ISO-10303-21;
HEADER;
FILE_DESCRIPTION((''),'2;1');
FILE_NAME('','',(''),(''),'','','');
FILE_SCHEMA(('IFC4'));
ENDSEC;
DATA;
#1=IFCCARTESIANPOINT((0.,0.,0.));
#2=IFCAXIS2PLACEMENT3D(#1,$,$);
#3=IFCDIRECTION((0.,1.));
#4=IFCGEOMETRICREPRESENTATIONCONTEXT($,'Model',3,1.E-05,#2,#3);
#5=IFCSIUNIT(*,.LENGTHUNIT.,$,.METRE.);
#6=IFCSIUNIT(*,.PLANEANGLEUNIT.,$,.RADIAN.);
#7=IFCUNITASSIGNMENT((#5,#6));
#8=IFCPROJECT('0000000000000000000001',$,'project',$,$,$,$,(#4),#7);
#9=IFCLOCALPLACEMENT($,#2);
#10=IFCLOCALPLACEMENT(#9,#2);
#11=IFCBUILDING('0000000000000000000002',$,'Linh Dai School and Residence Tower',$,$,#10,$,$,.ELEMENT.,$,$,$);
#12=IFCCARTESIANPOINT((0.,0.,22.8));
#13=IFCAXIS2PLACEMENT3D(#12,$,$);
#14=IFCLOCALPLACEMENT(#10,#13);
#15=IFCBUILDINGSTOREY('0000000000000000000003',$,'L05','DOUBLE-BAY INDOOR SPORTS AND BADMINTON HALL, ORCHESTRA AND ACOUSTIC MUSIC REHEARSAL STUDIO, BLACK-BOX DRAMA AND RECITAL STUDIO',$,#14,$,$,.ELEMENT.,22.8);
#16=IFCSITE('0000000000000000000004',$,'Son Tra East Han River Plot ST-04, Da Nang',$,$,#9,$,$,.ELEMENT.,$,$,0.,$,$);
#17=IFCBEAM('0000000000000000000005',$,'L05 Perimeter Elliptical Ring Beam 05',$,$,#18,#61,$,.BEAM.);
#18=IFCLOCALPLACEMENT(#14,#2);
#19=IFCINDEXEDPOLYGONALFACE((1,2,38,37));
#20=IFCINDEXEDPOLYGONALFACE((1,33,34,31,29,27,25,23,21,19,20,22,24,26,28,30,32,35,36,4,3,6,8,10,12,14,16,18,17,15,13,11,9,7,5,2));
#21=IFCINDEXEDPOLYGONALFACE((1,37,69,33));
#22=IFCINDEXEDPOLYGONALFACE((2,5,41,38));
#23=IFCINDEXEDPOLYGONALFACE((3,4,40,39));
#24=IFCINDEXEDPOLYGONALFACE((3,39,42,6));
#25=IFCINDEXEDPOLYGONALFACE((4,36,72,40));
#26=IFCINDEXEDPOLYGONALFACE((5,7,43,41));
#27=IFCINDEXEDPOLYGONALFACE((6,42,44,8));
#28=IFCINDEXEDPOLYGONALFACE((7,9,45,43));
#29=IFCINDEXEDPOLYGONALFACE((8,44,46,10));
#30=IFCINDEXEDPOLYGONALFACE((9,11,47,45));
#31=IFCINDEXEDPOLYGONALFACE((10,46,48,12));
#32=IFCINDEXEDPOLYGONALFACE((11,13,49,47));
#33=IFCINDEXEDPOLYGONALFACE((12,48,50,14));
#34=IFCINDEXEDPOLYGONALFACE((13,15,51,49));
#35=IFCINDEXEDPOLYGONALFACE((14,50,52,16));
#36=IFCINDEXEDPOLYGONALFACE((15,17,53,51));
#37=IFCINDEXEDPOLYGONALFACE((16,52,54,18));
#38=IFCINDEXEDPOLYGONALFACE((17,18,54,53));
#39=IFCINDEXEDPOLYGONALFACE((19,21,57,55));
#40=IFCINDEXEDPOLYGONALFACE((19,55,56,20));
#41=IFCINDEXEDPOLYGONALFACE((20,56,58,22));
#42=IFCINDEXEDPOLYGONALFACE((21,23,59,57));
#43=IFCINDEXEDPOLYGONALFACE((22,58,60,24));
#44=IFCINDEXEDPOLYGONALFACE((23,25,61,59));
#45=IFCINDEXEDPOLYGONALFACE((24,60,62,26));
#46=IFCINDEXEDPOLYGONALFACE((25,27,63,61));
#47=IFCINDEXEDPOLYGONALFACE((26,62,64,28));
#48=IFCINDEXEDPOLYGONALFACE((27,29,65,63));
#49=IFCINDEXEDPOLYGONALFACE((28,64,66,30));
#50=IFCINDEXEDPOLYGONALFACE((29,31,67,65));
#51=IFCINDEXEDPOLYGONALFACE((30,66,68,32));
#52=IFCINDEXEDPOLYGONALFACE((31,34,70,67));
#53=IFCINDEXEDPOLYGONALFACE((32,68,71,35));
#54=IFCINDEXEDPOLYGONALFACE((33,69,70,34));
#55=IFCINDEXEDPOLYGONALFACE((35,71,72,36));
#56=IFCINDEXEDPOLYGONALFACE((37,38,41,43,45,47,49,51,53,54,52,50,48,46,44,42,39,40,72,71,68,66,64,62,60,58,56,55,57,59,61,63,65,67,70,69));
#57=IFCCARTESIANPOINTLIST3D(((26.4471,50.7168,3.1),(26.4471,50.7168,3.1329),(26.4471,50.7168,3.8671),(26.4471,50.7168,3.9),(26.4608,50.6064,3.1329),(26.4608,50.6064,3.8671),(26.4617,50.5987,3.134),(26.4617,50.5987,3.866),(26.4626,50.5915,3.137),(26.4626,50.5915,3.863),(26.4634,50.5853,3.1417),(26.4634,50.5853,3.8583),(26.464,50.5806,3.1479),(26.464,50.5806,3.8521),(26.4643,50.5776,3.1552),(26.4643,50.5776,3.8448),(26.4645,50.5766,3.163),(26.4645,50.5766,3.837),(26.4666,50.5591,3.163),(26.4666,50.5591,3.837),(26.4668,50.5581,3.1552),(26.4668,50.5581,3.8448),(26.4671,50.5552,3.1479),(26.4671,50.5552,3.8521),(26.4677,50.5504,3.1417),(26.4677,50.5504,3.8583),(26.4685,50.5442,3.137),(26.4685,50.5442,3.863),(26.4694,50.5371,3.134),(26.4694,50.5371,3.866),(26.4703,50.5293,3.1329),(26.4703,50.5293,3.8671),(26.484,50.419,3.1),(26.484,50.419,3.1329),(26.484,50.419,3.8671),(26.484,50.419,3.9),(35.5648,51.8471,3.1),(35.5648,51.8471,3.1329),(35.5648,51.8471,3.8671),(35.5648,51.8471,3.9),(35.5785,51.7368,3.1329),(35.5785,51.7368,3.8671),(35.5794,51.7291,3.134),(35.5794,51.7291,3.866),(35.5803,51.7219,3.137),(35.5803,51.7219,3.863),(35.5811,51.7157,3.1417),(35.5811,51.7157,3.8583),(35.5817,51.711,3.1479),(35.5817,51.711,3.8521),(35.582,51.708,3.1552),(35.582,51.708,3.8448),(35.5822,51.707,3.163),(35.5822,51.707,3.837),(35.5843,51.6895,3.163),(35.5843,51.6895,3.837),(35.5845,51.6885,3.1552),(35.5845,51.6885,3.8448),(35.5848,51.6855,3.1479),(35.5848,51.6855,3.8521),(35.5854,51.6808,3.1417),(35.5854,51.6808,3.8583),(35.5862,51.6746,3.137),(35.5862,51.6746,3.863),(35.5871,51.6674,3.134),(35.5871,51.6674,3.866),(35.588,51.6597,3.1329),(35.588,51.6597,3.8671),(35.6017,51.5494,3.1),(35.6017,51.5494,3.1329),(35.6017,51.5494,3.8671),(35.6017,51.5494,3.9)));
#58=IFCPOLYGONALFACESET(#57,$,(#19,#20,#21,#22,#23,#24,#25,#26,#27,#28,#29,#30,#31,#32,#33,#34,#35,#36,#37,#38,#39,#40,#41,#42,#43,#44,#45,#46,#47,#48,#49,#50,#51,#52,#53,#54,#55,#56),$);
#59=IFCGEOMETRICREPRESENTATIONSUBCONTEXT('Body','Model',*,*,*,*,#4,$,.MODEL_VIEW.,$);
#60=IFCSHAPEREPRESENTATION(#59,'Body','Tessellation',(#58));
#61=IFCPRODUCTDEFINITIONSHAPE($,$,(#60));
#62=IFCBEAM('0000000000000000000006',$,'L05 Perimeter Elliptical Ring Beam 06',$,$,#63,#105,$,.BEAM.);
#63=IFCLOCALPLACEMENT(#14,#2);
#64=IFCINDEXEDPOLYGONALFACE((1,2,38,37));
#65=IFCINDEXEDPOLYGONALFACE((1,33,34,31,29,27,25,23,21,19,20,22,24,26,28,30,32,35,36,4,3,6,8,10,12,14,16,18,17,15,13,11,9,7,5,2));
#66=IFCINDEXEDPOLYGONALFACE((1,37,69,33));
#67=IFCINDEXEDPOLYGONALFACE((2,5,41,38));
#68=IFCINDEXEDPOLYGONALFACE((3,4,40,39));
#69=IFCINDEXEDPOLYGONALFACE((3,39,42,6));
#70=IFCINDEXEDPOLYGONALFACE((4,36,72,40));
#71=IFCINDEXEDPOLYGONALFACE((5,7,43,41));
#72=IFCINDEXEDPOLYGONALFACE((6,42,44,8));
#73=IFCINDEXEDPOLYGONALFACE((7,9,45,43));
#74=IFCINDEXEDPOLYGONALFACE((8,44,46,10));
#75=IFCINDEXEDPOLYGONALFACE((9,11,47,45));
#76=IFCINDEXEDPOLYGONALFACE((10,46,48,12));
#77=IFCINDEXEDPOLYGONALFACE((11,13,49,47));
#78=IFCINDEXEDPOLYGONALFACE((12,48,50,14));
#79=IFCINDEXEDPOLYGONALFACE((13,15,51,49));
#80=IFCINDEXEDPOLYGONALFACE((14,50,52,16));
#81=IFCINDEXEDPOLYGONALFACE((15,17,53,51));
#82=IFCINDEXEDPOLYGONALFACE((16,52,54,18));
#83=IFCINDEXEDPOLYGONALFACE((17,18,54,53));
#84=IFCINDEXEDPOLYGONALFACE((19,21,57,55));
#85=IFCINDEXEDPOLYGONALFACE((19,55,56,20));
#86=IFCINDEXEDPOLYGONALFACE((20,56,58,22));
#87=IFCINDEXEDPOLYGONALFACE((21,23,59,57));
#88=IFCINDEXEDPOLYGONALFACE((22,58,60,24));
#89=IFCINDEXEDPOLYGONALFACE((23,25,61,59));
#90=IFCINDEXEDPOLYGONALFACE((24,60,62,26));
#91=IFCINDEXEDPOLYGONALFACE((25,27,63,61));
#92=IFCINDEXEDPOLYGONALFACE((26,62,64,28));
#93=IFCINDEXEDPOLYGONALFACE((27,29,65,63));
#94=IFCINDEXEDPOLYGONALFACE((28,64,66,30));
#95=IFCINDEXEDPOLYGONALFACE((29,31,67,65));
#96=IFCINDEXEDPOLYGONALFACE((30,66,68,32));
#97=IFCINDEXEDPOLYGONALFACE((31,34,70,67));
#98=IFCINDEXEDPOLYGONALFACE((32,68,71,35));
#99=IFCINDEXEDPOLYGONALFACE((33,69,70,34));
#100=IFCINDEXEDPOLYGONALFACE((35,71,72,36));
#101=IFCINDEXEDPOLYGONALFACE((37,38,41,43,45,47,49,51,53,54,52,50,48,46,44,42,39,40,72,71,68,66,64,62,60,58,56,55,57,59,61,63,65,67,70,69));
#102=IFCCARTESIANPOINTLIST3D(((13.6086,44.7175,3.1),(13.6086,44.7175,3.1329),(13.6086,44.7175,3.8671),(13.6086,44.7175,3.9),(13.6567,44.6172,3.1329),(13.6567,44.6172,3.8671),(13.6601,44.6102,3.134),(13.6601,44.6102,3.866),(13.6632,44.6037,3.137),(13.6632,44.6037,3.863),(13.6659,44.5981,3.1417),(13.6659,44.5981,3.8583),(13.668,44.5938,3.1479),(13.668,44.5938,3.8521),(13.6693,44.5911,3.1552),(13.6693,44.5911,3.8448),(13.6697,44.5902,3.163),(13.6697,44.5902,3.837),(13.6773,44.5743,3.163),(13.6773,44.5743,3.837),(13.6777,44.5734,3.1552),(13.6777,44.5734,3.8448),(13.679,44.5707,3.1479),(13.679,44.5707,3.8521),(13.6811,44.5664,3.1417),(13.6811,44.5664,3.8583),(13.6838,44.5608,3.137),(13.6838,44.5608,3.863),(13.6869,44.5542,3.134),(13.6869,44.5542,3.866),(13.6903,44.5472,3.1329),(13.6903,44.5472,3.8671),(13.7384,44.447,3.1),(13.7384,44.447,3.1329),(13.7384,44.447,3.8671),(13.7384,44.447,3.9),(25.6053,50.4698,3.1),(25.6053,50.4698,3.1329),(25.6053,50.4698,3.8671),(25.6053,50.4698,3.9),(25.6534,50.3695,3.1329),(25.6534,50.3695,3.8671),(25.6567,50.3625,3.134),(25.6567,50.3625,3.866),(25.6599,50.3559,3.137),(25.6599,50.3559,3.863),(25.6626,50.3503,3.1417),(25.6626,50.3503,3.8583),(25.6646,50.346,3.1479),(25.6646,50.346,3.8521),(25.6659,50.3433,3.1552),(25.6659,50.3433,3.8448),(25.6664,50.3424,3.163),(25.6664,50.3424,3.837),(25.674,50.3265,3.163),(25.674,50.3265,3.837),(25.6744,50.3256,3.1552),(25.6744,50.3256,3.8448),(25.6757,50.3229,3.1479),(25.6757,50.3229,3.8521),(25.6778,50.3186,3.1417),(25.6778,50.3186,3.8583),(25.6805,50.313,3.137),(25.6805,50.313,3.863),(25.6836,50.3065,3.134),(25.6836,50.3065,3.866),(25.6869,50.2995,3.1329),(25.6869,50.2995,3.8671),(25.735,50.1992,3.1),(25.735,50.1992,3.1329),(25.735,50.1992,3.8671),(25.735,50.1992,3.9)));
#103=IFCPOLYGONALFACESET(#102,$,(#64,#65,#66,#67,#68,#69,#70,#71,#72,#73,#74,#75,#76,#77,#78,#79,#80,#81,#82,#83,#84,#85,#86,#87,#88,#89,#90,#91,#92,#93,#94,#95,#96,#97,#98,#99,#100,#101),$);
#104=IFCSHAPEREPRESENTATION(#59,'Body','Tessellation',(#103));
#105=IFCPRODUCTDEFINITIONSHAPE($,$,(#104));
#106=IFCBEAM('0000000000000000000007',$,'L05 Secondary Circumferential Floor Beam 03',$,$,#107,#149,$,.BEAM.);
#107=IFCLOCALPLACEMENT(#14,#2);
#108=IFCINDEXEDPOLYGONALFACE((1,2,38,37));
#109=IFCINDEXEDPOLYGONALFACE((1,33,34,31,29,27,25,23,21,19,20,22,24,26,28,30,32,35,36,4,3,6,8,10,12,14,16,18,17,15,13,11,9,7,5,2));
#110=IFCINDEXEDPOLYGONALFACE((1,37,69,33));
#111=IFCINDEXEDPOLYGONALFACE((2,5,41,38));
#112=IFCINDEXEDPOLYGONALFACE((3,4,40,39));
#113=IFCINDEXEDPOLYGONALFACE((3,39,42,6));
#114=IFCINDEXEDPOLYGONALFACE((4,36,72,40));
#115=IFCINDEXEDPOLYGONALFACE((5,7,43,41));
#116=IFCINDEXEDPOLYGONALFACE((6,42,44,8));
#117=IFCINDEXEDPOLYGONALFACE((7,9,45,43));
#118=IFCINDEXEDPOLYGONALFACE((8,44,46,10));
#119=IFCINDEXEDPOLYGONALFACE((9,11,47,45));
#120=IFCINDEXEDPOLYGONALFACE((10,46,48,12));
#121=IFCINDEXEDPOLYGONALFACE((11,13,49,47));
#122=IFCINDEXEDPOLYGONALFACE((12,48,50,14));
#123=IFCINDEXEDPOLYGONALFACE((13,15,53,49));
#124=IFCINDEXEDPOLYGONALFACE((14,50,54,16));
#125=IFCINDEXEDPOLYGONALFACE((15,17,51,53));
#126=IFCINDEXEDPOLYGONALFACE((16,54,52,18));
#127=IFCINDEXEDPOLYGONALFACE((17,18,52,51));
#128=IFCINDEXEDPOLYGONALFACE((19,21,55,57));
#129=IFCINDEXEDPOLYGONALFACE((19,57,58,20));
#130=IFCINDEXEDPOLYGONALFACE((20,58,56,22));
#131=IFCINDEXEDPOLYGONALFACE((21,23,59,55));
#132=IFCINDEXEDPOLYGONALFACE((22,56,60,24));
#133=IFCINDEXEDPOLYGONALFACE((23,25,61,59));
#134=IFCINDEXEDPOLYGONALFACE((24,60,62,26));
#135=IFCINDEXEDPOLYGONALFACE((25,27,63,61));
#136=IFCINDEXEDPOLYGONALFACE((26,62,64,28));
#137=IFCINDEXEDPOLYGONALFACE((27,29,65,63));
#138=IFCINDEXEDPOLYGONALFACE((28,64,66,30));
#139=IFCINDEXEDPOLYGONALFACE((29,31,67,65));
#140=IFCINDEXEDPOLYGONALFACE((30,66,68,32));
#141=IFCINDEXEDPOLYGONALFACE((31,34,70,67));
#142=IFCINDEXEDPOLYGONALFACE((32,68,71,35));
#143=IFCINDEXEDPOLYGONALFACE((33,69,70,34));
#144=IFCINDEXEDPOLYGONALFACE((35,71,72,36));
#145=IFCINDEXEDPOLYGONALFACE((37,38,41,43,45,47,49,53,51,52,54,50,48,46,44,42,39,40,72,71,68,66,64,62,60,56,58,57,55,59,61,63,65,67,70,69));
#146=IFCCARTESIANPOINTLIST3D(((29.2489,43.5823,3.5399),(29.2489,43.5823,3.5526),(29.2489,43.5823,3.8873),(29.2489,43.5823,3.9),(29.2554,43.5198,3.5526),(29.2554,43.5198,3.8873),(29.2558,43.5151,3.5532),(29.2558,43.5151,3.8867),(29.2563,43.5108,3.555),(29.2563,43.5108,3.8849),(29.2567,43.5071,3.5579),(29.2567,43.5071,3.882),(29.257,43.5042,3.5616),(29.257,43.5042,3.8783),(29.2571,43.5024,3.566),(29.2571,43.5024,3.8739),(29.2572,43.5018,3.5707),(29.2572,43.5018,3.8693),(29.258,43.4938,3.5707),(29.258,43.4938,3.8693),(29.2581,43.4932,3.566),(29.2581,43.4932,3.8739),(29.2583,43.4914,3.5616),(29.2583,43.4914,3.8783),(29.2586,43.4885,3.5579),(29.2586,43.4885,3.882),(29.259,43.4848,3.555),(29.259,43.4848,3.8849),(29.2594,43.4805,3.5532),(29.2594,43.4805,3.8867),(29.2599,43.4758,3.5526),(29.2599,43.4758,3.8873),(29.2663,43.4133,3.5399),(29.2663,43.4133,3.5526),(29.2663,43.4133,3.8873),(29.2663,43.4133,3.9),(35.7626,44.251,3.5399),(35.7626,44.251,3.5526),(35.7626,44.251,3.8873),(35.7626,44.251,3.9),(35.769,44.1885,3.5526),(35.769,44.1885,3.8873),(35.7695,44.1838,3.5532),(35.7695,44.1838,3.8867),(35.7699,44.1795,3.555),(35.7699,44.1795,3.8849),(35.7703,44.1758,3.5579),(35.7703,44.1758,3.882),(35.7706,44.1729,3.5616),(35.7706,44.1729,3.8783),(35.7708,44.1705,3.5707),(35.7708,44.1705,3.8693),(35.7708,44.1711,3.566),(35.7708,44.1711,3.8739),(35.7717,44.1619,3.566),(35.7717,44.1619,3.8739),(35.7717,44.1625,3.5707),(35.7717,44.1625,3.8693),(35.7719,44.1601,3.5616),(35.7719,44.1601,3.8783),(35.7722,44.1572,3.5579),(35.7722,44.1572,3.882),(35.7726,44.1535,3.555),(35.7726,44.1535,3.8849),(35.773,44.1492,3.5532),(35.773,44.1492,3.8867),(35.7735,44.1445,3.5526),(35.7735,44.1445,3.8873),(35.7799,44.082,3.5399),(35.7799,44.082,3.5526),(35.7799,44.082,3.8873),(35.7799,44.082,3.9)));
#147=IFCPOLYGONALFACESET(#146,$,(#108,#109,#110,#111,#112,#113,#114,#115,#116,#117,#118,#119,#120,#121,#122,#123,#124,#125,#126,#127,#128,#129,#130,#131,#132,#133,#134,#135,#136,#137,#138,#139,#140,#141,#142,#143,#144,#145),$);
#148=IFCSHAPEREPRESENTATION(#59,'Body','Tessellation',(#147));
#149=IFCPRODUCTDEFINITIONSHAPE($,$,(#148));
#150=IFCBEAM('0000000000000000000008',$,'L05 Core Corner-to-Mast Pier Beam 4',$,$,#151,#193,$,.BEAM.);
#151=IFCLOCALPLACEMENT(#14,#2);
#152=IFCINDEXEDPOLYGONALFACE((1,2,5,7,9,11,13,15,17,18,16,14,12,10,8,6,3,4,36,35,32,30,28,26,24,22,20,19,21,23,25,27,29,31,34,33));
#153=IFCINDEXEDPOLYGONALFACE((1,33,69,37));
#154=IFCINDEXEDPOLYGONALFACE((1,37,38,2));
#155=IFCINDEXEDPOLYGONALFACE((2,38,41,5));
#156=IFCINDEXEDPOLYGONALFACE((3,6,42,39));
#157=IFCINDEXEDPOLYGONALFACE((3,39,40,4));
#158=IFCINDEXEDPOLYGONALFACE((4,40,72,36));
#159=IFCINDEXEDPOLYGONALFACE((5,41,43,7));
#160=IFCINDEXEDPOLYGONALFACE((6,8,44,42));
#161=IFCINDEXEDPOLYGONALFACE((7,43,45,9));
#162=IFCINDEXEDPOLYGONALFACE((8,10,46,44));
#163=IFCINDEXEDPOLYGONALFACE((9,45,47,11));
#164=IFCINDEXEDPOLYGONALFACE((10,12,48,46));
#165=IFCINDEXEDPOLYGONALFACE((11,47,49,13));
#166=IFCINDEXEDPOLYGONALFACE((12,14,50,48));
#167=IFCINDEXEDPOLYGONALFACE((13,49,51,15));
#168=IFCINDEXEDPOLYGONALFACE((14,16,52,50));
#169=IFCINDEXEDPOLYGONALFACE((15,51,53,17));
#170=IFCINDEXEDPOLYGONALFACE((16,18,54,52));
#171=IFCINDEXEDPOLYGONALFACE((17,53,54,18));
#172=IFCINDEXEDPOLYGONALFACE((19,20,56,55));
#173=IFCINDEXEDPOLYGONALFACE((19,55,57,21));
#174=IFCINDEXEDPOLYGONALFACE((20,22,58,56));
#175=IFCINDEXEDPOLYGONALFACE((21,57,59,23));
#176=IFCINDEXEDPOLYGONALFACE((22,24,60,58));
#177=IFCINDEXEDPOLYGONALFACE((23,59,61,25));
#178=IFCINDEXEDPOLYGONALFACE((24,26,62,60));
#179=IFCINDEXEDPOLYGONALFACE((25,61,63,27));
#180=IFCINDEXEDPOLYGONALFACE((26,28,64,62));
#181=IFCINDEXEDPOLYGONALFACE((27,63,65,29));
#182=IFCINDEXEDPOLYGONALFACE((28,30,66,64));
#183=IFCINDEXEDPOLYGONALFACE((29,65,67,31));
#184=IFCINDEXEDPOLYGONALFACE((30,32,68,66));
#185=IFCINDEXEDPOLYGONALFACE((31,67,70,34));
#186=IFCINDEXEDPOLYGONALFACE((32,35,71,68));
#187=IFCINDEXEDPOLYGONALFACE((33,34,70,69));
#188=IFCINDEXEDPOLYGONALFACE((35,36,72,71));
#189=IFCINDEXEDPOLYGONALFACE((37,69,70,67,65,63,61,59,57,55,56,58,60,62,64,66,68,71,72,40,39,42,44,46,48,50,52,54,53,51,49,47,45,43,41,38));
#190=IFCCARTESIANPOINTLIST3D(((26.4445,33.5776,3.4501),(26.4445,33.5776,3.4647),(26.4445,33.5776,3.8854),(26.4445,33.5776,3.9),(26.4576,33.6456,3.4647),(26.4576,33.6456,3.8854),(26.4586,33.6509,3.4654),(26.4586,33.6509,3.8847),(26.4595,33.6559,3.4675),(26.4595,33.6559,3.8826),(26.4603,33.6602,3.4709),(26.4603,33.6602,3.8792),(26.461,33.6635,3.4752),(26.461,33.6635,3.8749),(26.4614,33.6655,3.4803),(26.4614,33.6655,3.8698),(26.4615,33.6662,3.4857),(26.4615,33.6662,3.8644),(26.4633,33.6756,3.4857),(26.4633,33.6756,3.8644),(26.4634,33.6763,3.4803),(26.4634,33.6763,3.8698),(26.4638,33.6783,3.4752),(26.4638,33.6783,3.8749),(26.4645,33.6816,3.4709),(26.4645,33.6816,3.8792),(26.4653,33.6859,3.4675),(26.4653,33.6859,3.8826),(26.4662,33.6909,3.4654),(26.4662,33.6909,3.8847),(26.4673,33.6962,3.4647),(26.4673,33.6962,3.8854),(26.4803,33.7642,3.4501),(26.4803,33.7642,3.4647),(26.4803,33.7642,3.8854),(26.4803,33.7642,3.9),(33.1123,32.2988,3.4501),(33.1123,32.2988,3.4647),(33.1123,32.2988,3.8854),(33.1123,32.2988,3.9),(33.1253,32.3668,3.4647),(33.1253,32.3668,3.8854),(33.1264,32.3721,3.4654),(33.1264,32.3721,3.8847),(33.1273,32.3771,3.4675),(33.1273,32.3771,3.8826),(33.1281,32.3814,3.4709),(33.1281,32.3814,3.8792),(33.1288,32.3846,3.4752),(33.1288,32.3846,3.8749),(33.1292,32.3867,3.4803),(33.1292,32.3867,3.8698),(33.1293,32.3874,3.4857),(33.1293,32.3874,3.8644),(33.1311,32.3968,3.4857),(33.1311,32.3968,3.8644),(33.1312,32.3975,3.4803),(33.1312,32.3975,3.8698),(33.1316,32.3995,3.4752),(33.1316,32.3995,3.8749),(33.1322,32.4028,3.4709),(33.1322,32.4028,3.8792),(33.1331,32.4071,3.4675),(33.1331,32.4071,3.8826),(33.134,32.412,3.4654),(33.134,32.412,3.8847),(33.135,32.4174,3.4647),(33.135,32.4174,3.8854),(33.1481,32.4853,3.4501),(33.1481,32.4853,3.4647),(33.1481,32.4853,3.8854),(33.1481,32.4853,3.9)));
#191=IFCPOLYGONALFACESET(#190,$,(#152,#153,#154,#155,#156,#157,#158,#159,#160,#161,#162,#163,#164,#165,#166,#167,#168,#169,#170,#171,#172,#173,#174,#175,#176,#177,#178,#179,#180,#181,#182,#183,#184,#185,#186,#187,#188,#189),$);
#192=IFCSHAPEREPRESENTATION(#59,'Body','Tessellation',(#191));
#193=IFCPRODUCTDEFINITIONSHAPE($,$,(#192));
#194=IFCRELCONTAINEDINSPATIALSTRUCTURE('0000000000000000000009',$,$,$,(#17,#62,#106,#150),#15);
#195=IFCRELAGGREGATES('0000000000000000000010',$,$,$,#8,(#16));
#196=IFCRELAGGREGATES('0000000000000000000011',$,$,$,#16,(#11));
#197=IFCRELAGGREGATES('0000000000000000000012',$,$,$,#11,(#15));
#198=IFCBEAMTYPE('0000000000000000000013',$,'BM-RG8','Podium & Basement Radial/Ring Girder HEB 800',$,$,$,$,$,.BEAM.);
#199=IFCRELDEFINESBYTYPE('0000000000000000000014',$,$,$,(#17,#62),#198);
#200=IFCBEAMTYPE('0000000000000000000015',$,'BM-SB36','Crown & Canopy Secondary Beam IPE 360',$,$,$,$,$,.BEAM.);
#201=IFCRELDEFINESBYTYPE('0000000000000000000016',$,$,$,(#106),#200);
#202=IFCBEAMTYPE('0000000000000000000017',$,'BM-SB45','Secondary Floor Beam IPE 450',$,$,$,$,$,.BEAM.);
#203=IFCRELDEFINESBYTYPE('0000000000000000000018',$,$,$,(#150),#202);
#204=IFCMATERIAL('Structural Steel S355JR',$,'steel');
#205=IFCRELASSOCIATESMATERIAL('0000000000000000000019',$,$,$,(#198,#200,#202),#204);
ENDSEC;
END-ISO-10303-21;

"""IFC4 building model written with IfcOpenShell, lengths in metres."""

from ifc_helpers import new_model, si_unit, direction, frame, origin, origin_2d, place, context, subcontext, project, spatial, i_section, extrude, material, material_profile, profile_set, type_object, element, save


model = new_model("IFC4")

# Units and contexts
model_context = context("Model", 3, precision=1e-05, world=origin(), true_north=direction((0.0, 1.0)))
body_context = subcontext(model_context, "Body", "Model", "MODEL_VIEW")
ifc_project = project(units=[si_unit("LENGTHUNIT", "METRE"), si_unit("PLANEANGLEUNIT", "RADIAN")], contexts=[model_context])

# Site, building, storey
site_placement = place(None, origin())
site = spatial("IfcSite", under=ifc_project, at=site_placement, Name="Son Tra East Han River Plot ST-04, Da Nang", CompositionType="ELEMENT", RefElevation=0.0)
building_placement = place(site_placement, origin())
building = spatial("IfcBuilding", under=site, at=building_placement, Name="Linh Dai School and Residence Tower", CompositionType="ELEMENT")
storey_placement = place(building_placement, frame((0.0, 0.0, 22.8)))
storey = spatial("IfcBuildingStorey", under=building, at=storey_placement, Name="L05", Description="DOUBLE-BAY INDOOR SPORTS AND BADMINTON HALL, ORCHESTRA AND ACOUSTIC MUSIC REHEARSAL STUDIO, BLACK-BOX DRAMA AND RECITAL STUDIO", CompositionType="ELEMENT", Elevation=22.8)

# Shared definitions
ifc_material_1 = material(Name="Structural Steel S355JR", Category="steel")

# Beams
ifc_material_profile_1 = material_profile(ifc_material_1, i_section(OverallWidth=0.3, OverallDepth=0.8, WebThickness=0.0176, FlangeThickness=0.033, FilletRadius=0.03, at=origin_2d()), Name="HEB 800")
ifc_profile_set_1 = profile_set([ifc_material_profile_1], Name="Structural Steel S355JR")
beam_type_1 = type_object("IfcBeamType", Name="BM-RG8", Description="Podium & Basement Radial/Ring Girder HEB 800", PredefinedType="BEAM", material=ifc_profile_set_1)
beam_1_placement = place(storey_placement, frame((35.5833, 51.6982, 3.5), z_axis=(-0.992402, -0.123034, 0.0), x_axis=(0.123034, -0.992402, 0.0)))
element("IfcBeam", 1, at=beam_1_placement, inside=storey, type_object=beam_type_1, Name="L05 Perimeter Elliptical Ring Beam 05", PredefinedType="BEAM", context=body_context, shape_type="SweptSolid", body=[
    extrude(i_section(OverallWidth=0.3, OverallDepth=0.8, WebThickness=0.0176, FlangeThickness=0.033, FilletRadius=0.03, at=origin_2d()), origin(), (0.0, 0.0, 1.0), 9.1875),
])
beam_2_placement = place(storey_placement, frame((25.6702, 50.3345, 3.5), z_axis=(-0.901704, -0.432355, 0.0), x_axis=(0.432355, -0.901704, 0.0)))
element("IfcBeam", 2, at=beam_2_placement, inside=storey, type_object=beam_type_1, Name="L05 Perimeter Elliptical Ring Beam 06", PredefinedType="BEAM", context=body_context, shape_type="SweptSolid", body=[
    extrude(i_section(OverallWidth=0.3, OverallDepth=0.8, WebThickness=0.0176, FlangeThickness=0.033, FilletRadius=0.03, at=origin_2d()), origin(), (0.0, 0.0, 1.0), 13.3044),
])
ifc_material_profile_2 = material_profile(ifc_material_1, i_section(OverallWidth=0.1699, OverallDepth=0.3601, WebThickness=0.0081, FlangeThickness=0.0127, FilletRadius=0.0181, at=origin_2d()), Name="IPE 360")
ifc_profile_set_2 = profile_set([ifc_material_profile_2], Name="Structural Steel S355JR")
beam_type_2 = type_object("IfcBeamType", Name="BM-SB36", Description="Crown & Canopy Secondary Beam IPE 360", PredefinedType="BEAM", material=ifc_profile_set_2)
beam_3_placement = place(storey_placement, frame((35.7712, 44.1665, 3.72), z_axis=(-0.994772, -0.102124, 0.0), x_axis=(0.102124, -0.994772, 0.0)))
element("IfcBeam", 3, at=beam_3_placement, inside=storey, type_object=beam_type_2, Name="L05 Secondary Circumferential Floor Beam 03", PredefinedType="BEAM", context=body_context, shape_type="SweptSolid", body=[
    extrude(i_section(OverallWidth=0.1699, OverallDepth=0.3601, WebThickness=0.0081, FlangeThickness=0.0127, FilletRadius=0.0181, at=origin_2d()), origin(), (0.0, 0.0, 1.0), 6.5479),
])
ifc_material_profile_3 = material_profile(ifc_material_1, i_section(OverallWidth=0.1899, OverallDepth=0.45, WebThickness=0.0095, FlangeThickness=0.0146, FilletRadius=0.021, at=origin_2d()), Name="IPE 450")
ifc_profile_set_3 = profile_set([ifc_material_profile_3], Name="Structural Steel S355JR")
beam_type_3 = type_object("IfcBeamType", Name="BM-SB45", Description="Secondary Floor Beam IPE 450", PredefinedType="BEAM", material=ifc_profile_set_3)
beam_4_placement = place(storey_placement, frame((26.4624, 33.6709, 3.675), z_axis=(0.9821, -0.188358, 0.0), x_axis=(0.188358, 0.9821, 0.0)))
element("IfcBeam", 4, at=beam_4_placement, inside=storey, type_object=beam_type_3, Name="L05 Core Corner-to-Mast Pier Beam 4", PredefinedType="BEAM", context=body_context, shape_type="SweptSolid", body=[
    extrude(i_section(OverallWidth=0.1899, OverallDepth=0.45, WebThickness=0.0095, FlangeThickness=0.0146, FilletRadius=0.021, at=origin_2d()), origin(), (0.0, 0.0, 1.0), 6.7893),
])

save(model, "model.ifc")
